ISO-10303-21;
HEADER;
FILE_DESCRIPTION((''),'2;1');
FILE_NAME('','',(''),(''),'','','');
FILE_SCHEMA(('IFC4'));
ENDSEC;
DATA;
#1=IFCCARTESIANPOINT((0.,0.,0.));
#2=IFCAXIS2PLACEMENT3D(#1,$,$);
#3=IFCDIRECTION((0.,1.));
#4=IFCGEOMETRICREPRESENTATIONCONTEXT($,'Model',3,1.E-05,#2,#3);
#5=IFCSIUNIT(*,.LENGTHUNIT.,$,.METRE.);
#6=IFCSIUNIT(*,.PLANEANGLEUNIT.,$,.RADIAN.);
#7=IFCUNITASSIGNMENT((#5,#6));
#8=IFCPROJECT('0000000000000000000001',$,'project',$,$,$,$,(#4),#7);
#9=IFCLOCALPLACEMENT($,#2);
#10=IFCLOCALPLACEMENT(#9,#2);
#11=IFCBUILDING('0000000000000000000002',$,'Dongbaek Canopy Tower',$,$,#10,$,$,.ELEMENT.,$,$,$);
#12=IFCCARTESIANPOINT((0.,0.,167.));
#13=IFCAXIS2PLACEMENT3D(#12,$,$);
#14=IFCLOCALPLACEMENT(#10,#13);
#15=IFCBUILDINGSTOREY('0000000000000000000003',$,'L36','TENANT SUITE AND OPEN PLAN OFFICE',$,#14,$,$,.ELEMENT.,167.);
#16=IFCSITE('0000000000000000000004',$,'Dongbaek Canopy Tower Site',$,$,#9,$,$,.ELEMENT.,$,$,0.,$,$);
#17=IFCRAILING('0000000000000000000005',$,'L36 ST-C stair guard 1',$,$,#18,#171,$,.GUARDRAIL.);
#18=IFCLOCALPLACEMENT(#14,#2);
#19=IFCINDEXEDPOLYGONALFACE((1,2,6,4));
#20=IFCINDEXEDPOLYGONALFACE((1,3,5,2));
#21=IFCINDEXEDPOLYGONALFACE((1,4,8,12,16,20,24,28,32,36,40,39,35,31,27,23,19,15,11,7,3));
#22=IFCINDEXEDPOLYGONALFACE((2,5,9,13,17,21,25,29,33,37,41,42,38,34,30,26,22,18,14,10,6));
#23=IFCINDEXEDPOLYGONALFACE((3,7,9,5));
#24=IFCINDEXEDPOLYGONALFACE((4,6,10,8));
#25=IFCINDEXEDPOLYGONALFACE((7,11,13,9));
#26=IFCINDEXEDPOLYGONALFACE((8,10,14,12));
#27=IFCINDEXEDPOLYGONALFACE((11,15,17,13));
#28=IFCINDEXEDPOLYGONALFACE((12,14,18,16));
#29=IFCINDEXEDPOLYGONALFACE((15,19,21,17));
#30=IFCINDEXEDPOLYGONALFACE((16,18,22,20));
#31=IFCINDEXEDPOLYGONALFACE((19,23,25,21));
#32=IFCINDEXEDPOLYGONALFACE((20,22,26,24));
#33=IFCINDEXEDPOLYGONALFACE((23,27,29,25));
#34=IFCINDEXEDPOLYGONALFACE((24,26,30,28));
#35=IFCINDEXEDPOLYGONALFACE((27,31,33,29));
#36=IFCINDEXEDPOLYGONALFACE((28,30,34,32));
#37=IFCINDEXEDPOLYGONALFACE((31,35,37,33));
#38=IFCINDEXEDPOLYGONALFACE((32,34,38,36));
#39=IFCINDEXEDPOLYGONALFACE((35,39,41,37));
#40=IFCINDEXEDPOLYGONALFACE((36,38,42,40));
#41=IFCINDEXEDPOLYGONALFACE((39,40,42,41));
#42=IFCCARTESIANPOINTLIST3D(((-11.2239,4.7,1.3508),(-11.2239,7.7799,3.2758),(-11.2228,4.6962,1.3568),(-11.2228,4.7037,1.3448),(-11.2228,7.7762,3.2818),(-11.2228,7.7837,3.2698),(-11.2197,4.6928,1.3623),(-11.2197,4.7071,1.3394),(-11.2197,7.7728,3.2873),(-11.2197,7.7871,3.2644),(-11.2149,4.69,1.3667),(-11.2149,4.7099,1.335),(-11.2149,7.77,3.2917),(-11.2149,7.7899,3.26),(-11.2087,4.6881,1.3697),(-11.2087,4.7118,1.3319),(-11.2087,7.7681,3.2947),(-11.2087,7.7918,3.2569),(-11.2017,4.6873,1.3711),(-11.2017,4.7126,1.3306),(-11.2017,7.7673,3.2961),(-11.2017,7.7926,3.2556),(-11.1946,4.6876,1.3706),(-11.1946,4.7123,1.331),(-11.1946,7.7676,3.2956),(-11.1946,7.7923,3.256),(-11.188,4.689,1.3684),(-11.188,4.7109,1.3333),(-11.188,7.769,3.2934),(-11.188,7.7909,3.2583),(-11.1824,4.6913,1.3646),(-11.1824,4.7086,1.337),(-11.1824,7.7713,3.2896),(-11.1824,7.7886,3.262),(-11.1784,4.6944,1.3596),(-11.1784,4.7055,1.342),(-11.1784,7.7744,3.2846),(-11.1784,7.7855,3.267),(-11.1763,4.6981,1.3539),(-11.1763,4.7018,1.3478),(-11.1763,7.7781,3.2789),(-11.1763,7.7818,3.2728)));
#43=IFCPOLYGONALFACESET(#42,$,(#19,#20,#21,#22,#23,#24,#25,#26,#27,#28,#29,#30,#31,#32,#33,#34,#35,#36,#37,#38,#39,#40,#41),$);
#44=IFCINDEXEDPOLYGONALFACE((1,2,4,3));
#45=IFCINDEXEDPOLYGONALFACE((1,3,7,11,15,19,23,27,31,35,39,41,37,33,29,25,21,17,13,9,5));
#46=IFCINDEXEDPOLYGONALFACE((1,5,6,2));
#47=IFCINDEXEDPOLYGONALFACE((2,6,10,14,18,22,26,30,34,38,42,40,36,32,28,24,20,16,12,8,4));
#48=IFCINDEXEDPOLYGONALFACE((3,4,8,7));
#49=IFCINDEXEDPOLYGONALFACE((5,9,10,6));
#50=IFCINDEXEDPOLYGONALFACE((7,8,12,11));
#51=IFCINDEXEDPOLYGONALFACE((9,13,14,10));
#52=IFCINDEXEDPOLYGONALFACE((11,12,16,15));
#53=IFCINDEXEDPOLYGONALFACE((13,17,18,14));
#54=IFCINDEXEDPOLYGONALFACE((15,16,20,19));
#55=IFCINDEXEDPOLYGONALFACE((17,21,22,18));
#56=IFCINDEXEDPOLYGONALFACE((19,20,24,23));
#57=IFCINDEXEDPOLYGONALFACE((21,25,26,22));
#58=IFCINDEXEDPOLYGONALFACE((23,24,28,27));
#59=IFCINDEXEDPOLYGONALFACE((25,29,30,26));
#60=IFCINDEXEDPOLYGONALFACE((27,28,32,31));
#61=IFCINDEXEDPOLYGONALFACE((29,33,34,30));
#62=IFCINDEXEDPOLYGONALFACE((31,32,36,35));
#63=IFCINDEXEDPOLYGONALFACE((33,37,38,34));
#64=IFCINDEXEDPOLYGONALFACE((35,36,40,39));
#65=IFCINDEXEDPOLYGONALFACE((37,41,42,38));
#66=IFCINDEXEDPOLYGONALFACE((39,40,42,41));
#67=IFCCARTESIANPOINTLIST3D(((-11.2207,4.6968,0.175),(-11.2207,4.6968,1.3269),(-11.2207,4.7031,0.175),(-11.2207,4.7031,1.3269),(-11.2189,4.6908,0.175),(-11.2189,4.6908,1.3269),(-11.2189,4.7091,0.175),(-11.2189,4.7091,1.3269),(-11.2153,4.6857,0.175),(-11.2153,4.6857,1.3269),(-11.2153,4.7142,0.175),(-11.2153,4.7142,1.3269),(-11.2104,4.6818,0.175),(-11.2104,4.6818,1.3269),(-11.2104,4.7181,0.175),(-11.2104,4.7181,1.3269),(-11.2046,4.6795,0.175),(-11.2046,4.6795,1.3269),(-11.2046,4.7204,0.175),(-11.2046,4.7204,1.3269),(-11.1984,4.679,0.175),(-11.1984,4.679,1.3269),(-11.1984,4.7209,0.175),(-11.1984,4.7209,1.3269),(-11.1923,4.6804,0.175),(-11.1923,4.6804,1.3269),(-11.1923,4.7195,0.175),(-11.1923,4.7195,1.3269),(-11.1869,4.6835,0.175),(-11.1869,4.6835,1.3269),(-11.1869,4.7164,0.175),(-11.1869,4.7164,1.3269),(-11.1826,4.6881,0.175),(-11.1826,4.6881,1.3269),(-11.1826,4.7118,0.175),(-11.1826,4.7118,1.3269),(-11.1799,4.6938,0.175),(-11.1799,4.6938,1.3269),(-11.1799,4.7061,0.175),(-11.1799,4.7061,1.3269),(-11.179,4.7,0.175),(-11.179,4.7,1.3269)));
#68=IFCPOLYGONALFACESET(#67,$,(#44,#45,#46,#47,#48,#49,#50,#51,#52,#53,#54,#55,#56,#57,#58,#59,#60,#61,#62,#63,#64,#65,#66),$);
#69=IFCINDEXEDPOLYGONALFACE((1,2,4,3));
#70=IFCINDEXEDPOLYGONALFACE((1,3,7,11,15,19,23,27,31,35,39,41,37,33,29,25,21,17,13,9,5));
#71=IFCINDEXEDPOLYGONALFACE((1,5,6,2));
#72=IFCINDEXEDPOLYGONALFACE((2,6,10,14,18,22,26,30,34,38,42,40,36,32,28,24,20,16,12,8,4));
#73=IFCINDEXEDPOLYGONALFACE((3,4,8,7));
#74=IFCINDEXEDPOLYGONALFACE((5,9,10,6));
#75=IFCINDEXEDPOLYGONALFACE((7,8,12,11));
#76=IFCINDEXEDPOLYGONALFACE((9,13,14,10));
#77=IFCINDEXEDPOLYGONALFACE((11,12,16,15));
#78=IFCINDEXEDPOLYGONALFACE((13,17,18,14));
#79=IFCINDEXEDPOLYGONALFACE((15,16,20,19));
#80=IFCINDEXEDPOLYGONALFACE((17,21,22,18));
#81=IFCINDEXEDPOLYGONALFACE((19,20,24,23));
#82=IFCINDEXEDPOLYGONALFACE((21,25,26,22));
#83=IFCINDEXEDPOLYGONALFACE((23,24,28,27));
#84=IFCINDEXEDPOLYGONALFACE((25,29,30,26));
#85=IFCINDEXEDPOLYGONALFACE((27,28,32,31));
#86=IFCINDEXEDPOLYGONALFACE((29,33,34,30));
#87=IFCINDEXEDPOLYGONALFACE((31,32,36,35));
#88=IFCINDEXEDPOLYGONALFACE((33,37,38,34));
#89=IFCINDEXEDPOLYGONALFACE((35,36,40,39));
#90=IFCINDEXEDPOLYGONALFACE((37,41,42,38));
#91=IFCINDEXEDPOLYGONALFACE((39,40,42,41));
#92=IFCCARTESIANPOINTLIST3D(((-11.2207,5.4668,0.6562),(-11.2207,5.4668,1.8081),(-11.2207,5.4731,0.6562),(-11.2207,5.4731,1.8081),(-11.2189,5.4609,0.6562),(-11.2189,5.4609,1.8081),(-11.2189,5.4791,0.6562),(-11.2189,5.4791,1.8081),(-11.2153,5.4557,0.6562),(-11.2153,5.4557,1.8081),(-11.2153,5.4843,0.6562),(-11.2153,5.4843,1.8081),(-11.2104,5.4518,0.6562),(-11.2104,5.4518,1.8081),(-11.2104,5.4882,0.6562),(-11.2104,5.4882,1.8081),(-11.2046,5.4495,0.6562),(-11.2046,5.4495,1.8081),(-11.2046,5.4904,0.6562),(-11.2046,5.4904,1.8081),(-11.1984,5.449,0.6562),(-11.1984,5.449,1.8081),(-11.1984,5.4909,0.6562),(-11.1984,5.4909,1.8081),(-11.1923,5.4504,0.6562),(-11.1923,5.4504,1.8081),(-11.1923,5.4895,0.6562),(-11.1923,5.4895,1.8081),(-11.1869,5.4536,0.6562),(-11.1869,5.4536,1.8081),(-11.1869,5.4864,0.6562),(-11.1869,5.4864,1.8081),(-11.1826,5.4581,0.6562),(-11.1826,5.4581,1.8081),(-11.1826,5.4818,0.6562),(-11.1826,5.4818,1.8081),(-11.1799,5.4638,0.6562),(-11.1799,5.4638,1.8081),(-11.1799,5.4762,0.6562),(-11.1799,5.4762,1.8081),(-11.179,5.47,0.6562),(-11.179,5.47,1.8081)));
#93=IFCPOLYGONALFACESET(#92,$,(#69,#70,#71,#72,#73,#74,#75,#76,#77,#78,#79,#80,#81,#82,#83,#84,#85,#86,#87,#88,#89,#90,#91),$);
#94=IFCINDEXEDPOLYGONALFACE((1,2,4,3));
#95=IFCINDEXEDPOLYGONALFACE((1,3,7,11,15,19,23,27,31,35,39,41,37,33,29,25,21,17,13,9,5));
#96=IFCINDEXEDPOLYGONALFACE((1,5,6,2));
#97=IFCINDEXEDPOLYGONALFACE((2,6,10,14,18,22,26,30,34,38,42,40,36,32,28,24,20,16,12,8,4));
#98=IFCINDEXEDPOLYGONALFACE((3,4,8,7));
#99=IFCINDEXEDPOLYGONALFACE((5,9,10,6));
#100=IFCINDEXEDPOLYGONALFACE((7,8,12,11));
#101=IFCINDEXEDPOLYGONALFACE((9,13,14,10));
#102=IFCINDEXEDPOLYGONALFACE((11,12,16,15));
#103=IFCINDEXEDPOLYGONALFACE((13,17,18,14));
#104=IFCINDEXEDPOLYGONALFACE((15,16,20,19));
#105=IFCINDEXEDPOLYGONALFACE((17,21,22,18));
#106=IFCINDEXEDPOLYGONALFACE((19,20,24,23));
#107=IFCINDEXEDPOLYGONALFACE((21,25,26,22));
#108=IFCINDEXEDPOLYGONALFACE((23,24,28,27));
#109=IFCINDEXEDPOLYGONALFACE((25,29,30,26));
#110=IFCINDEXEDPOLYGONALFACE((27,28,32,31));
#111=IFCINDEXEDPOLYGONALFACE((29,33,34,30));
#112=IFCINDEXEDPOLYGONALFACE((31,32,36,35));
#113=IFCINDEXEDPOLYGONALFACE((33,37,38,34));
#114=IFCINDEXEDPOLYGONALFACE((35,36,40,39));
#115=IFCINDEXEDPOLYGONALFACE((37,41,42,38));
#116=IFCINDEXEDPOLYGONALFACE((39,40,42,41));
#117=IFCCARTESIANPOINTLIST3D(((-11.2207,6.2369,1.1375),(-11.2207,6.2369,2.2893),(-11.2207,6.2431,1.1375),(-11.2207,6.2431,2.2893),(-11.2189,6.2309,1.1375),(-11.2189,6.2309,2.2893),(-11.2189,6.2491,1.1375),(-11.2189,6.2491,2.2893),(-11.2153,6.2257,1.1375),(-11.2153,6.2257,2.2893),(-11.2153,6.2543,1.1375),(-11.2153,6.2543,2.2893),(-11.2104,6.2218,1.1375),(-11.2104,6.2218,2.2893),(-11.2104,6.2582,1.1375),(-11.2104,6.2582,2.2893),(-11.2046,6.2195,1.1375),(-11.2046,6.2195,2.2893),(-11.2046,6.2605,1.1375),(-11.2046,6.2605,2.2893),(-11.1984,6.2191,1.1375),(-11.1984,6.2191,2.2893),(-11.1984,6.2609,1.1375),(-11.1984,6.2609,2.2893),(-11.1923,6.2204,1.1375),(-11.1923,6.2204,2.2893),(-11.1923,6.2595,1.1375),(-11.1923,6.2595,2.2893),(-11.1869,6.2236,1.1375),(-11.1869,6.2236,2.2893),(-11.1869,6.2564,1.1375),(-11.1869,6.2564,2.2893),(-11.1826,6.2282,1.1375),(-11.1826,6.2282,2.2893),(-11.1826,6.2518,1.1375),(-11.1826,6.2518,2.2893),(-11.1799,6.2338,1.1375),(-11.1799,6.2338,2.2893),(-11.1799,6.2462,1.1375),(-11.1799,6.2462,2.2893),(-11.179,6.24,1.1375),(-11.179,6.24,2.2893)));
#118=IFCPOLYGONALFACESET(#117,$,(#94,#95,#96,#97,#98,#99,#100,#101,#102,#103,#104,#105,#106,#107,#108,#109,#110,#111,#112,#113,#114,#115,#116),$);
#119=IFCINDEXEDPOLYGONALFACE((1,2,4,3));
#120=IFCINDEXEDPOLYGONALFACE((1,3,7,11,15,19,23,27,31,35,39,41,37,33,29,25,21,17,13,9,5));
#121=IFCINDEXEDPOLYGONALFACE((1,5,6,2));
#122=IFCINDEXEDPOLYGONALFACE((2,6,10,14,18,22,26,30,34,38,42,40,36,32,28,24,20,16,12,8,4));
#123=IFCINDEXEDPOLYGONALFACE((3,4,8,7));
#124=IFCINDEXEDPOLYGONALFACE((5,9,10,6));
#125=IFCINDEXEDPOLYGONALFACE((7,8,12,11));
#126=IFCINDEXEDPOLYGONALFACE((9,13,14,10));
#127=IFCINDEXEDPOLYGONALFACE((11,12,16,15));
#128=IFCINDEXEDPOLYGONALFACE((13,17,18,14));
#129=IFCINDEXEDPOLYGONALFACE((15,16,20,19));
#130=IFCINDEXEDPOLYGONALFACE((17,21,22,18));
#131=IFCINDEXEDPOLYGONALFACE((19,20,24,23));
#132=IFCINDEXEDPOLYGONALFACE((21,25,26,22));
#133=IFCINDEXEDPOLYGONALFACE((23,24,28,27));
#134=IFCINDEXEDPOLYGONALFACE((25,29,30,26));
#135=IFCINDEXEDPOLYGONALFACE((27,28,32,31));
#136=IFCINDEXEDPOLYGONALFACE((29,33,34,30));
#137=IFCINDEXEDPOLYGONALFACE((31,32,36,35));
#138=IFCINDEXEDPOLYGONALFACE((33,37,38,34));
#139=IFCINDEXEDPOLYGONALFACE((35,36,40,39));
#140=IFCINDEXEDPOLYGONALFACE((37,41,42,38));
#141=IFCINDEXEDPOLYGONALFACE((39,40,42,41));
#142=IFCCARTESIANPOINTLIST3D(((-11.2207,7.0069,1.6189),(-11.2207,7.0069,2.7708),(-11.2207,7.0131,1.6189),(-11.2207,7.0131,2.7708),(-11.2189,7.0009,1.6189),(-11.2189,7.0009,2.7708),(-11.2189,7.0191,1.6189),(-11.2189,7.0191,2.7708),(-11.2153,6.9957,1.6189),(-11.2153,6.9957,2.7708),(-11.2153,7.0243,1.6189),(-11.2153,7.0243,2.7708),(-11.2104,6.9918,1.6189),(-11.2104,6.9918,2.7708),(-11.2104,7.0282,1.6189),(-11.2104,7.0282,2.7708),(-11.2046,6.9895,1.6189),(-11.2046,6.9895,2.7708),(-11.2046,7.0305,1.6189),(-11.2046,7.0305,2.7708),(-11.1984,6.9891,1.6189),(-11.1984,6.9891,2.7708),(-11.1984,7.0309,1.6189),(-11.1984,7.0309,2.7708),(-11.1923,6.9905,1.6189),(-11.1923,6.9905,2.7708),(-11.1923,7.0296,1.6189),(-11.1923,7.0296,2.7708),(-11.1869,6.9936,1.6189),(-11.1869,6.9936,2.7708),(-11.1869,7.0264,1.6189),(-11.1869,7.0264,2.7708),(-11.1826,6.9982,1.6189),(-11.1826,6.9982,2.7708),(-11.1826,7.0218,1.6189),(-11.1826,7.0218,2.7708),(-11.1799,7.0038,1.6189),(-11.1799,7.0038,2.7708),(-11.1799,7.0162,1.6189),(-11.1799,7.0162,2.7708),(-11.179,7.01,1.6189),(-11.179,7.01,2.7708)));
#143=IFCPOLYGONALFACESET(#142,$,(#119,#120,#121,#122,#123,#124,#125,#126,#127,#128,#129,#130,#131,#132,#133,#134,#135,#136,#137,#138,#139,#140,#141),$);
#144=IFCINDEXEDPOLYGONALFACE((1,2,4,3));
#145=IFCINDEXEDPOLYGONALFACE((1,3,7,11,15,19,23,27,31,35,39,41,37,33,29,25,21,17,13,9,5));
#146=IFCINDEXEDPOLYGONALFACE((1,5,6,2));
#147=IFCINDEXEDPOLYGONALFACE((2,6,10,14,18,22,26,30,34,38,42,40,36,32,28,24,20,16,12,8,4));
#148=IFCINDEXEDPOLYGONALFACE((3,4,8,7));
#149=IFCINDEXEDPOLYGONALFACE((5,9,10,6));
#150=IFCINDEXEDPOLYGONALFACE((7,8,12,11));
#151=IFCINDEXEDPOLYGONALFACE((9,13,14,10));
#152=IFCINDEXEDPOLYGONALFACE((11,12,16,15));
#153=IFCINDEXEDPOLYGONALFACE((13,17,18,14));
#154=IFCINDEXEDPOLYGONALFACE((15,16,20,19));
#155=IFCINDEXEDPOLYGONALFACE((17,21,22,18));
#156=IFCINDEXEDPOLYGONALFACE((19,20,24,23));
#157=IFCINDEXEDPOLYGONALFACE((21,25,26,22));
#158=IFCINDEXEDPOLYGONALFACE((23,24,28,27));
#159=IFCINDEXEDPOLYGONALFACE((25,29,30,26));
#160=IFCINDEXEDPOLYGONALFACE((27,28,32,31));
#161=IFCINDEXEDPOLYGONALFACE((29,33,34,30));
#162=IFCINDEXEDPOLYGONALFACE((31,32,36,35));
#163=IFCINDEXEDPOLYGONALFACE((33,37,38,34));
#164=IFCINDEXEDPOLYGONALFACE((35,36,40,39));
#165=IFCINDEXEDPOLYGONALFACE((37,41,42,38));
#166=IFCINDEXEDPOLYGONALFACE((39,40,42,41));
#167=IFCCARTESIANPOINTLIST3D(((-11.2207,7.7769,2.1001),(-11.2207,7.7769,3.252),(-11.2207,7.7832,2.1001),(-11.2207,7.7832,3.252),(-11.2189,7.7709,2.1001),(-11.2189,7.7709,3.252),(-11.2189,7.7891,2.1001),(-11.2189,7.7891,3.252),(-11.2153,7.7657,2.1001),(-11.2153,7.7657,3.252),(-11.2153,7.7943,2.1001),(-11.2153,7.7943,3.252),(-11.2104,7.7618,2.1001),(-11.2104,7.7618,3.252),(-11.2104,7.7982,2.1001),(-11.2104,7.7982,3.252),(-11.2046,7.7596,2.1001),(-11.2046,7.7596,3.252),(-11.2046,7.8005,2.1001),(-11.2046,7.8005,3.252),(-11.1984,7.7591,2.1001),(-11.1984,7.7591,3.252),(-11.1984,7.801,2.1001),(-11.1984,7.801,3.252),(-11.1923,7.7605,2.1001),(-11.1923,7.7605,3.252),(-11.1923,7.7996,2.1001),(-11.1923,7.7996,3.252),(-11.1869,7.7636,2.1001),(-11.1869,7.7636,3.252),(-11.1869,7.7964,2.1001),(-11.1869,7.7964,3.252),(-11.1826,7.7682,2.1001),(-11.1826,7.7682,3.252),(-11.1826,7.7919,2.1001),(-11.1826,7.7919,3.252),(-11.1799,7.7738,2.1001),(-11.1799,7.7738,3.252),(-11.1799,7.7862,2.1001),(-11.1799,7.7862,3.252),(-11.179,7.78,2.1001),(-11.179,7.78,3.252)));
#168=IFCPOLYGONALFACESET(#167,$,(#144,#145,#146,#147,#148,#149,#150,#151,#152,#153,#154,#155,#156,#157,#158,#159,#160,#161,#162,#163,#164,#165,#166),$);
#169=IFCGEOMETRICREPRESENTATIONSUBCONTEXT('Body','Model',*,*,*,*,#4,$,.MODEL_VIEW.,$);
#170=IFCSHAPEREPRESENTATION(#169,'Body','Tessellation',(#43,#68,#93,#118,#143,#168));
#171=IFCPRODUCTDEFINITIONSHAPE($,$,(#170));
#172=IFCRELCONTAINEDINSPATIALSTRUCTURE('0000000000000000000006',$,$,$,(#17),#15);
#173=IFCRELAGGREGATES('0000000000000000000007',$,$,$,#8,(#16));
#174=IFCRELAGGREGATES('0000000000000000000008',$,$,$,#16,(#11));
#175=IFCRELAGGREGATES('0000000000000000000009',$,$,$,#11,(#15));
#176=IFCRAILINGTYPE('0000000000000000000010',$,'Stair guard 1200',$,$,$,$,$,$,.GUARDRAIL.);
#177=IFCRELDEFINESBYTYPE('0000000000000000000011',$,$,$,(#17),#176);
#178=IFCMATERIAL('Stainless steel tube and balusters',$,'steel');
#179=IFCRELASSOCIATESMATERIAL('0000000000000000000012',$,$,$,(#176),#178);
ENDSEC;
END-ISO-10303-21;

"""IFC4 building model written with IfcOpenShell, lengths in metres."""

from ifc_helpers import new_model, si_unit, direction, frame, origin, origin_2d, place, context, subcontext, project, spatial, circle, extrude, material, type_object, element, save


model = new_model("IFC4")

# Units and contexts
model_context = context("Model", 3, precision=1e-05, world=origin(), true_north=direction((0.0, 1.0)))
body_context = subcontext(model_context, "Body", "Model", "MODEL_VIEW")
ifc_project = project(units=[si_unit("LENGTHUNIT", "METRE"), si_unit("PLANEANGLEUNIT", "RADIAN")], contexts=[model_context])

# Site, building, storey
site_placement = place(None, origin())
site = spatial("IfcSite", under=ifc_project, at=site_placement, Name="Dongbaek Canopy Tower Site", CompositionType="ELEMENT", RefElevation=0.0)
building_placement = place(site_placement, origin())
building = spatial("IfcBuilding", under=site, at=building_placement, Name="Dongbaek Canopy Tower", CompositionType="ELEMENT")
storey_placement = place(building_placement, frame((0.0, 0.0, 167.0)))
storey = spatial("IfcBuildingStorey", under=building, at=storey_placement, Name="L36", Description="TENANT SUITE AND OPEN PLAN OFFICE", CompositionType="ELEMENT", Elevation=167.0)

# Railing
ifc_material_1 = material(Name="Stainless steel tube and balusters", Category="steel")
railing_type_1 = type_object("IfcRailingType", Name="Stair guard 1200", PredefinedType="GUARDRAIL", material=ifc_material_1)
railing_1_placement = place(storey_placement, frame((-11.2, 4.7, 0.175)))
element("IfcRailing", 1, at=railing_1_placement, inside=storey, type_object=railing_type_1, Name="L36 ST-C stair guard 1", PredefinedType="GUARDRAIL", context=body_context, shape_type="SweptSolid", body=[
    extrude(circle(Radius=0.0239, at=origin_2d()), frame((0.0, 0.0, 1.1758), z_axis=(0.0, 0.847998, 0.529999), x_axis=(-1.0, 0.0, 0.0)), (0.0, 0.0, 1.0), 3.6321),
    extrude(circle(Radius=0.021, at=origin_2d()), origin(), (0.0, 0.0, 1.0), 1.1519),
    extrude(circle(Radius=0.021, at=origin_2d()), frame((0.0, 0.77, 0.4812)), (0.0, 0.0, 1.0), 1.1519),
    extrude(circle(Radius=0.021, at=origin_2d()), frame((0.0, 1.54, 0.9624)), (0.0, 0.0, 1.0), 1.1519),
    extrude(circle(Radius=0.021, at=origin_2d()), frame((0.0, 2.3101, 1.4438)), (0.0, 0.0, 1.0), 1.1519),
    extrude(circle(Radius=0.021, at=origin_2d()), frame((0.0, 3.0801, 1.925)), (0.0, 0.0, 1.0), 1.1519),
])

save(model, "model.ifc")
